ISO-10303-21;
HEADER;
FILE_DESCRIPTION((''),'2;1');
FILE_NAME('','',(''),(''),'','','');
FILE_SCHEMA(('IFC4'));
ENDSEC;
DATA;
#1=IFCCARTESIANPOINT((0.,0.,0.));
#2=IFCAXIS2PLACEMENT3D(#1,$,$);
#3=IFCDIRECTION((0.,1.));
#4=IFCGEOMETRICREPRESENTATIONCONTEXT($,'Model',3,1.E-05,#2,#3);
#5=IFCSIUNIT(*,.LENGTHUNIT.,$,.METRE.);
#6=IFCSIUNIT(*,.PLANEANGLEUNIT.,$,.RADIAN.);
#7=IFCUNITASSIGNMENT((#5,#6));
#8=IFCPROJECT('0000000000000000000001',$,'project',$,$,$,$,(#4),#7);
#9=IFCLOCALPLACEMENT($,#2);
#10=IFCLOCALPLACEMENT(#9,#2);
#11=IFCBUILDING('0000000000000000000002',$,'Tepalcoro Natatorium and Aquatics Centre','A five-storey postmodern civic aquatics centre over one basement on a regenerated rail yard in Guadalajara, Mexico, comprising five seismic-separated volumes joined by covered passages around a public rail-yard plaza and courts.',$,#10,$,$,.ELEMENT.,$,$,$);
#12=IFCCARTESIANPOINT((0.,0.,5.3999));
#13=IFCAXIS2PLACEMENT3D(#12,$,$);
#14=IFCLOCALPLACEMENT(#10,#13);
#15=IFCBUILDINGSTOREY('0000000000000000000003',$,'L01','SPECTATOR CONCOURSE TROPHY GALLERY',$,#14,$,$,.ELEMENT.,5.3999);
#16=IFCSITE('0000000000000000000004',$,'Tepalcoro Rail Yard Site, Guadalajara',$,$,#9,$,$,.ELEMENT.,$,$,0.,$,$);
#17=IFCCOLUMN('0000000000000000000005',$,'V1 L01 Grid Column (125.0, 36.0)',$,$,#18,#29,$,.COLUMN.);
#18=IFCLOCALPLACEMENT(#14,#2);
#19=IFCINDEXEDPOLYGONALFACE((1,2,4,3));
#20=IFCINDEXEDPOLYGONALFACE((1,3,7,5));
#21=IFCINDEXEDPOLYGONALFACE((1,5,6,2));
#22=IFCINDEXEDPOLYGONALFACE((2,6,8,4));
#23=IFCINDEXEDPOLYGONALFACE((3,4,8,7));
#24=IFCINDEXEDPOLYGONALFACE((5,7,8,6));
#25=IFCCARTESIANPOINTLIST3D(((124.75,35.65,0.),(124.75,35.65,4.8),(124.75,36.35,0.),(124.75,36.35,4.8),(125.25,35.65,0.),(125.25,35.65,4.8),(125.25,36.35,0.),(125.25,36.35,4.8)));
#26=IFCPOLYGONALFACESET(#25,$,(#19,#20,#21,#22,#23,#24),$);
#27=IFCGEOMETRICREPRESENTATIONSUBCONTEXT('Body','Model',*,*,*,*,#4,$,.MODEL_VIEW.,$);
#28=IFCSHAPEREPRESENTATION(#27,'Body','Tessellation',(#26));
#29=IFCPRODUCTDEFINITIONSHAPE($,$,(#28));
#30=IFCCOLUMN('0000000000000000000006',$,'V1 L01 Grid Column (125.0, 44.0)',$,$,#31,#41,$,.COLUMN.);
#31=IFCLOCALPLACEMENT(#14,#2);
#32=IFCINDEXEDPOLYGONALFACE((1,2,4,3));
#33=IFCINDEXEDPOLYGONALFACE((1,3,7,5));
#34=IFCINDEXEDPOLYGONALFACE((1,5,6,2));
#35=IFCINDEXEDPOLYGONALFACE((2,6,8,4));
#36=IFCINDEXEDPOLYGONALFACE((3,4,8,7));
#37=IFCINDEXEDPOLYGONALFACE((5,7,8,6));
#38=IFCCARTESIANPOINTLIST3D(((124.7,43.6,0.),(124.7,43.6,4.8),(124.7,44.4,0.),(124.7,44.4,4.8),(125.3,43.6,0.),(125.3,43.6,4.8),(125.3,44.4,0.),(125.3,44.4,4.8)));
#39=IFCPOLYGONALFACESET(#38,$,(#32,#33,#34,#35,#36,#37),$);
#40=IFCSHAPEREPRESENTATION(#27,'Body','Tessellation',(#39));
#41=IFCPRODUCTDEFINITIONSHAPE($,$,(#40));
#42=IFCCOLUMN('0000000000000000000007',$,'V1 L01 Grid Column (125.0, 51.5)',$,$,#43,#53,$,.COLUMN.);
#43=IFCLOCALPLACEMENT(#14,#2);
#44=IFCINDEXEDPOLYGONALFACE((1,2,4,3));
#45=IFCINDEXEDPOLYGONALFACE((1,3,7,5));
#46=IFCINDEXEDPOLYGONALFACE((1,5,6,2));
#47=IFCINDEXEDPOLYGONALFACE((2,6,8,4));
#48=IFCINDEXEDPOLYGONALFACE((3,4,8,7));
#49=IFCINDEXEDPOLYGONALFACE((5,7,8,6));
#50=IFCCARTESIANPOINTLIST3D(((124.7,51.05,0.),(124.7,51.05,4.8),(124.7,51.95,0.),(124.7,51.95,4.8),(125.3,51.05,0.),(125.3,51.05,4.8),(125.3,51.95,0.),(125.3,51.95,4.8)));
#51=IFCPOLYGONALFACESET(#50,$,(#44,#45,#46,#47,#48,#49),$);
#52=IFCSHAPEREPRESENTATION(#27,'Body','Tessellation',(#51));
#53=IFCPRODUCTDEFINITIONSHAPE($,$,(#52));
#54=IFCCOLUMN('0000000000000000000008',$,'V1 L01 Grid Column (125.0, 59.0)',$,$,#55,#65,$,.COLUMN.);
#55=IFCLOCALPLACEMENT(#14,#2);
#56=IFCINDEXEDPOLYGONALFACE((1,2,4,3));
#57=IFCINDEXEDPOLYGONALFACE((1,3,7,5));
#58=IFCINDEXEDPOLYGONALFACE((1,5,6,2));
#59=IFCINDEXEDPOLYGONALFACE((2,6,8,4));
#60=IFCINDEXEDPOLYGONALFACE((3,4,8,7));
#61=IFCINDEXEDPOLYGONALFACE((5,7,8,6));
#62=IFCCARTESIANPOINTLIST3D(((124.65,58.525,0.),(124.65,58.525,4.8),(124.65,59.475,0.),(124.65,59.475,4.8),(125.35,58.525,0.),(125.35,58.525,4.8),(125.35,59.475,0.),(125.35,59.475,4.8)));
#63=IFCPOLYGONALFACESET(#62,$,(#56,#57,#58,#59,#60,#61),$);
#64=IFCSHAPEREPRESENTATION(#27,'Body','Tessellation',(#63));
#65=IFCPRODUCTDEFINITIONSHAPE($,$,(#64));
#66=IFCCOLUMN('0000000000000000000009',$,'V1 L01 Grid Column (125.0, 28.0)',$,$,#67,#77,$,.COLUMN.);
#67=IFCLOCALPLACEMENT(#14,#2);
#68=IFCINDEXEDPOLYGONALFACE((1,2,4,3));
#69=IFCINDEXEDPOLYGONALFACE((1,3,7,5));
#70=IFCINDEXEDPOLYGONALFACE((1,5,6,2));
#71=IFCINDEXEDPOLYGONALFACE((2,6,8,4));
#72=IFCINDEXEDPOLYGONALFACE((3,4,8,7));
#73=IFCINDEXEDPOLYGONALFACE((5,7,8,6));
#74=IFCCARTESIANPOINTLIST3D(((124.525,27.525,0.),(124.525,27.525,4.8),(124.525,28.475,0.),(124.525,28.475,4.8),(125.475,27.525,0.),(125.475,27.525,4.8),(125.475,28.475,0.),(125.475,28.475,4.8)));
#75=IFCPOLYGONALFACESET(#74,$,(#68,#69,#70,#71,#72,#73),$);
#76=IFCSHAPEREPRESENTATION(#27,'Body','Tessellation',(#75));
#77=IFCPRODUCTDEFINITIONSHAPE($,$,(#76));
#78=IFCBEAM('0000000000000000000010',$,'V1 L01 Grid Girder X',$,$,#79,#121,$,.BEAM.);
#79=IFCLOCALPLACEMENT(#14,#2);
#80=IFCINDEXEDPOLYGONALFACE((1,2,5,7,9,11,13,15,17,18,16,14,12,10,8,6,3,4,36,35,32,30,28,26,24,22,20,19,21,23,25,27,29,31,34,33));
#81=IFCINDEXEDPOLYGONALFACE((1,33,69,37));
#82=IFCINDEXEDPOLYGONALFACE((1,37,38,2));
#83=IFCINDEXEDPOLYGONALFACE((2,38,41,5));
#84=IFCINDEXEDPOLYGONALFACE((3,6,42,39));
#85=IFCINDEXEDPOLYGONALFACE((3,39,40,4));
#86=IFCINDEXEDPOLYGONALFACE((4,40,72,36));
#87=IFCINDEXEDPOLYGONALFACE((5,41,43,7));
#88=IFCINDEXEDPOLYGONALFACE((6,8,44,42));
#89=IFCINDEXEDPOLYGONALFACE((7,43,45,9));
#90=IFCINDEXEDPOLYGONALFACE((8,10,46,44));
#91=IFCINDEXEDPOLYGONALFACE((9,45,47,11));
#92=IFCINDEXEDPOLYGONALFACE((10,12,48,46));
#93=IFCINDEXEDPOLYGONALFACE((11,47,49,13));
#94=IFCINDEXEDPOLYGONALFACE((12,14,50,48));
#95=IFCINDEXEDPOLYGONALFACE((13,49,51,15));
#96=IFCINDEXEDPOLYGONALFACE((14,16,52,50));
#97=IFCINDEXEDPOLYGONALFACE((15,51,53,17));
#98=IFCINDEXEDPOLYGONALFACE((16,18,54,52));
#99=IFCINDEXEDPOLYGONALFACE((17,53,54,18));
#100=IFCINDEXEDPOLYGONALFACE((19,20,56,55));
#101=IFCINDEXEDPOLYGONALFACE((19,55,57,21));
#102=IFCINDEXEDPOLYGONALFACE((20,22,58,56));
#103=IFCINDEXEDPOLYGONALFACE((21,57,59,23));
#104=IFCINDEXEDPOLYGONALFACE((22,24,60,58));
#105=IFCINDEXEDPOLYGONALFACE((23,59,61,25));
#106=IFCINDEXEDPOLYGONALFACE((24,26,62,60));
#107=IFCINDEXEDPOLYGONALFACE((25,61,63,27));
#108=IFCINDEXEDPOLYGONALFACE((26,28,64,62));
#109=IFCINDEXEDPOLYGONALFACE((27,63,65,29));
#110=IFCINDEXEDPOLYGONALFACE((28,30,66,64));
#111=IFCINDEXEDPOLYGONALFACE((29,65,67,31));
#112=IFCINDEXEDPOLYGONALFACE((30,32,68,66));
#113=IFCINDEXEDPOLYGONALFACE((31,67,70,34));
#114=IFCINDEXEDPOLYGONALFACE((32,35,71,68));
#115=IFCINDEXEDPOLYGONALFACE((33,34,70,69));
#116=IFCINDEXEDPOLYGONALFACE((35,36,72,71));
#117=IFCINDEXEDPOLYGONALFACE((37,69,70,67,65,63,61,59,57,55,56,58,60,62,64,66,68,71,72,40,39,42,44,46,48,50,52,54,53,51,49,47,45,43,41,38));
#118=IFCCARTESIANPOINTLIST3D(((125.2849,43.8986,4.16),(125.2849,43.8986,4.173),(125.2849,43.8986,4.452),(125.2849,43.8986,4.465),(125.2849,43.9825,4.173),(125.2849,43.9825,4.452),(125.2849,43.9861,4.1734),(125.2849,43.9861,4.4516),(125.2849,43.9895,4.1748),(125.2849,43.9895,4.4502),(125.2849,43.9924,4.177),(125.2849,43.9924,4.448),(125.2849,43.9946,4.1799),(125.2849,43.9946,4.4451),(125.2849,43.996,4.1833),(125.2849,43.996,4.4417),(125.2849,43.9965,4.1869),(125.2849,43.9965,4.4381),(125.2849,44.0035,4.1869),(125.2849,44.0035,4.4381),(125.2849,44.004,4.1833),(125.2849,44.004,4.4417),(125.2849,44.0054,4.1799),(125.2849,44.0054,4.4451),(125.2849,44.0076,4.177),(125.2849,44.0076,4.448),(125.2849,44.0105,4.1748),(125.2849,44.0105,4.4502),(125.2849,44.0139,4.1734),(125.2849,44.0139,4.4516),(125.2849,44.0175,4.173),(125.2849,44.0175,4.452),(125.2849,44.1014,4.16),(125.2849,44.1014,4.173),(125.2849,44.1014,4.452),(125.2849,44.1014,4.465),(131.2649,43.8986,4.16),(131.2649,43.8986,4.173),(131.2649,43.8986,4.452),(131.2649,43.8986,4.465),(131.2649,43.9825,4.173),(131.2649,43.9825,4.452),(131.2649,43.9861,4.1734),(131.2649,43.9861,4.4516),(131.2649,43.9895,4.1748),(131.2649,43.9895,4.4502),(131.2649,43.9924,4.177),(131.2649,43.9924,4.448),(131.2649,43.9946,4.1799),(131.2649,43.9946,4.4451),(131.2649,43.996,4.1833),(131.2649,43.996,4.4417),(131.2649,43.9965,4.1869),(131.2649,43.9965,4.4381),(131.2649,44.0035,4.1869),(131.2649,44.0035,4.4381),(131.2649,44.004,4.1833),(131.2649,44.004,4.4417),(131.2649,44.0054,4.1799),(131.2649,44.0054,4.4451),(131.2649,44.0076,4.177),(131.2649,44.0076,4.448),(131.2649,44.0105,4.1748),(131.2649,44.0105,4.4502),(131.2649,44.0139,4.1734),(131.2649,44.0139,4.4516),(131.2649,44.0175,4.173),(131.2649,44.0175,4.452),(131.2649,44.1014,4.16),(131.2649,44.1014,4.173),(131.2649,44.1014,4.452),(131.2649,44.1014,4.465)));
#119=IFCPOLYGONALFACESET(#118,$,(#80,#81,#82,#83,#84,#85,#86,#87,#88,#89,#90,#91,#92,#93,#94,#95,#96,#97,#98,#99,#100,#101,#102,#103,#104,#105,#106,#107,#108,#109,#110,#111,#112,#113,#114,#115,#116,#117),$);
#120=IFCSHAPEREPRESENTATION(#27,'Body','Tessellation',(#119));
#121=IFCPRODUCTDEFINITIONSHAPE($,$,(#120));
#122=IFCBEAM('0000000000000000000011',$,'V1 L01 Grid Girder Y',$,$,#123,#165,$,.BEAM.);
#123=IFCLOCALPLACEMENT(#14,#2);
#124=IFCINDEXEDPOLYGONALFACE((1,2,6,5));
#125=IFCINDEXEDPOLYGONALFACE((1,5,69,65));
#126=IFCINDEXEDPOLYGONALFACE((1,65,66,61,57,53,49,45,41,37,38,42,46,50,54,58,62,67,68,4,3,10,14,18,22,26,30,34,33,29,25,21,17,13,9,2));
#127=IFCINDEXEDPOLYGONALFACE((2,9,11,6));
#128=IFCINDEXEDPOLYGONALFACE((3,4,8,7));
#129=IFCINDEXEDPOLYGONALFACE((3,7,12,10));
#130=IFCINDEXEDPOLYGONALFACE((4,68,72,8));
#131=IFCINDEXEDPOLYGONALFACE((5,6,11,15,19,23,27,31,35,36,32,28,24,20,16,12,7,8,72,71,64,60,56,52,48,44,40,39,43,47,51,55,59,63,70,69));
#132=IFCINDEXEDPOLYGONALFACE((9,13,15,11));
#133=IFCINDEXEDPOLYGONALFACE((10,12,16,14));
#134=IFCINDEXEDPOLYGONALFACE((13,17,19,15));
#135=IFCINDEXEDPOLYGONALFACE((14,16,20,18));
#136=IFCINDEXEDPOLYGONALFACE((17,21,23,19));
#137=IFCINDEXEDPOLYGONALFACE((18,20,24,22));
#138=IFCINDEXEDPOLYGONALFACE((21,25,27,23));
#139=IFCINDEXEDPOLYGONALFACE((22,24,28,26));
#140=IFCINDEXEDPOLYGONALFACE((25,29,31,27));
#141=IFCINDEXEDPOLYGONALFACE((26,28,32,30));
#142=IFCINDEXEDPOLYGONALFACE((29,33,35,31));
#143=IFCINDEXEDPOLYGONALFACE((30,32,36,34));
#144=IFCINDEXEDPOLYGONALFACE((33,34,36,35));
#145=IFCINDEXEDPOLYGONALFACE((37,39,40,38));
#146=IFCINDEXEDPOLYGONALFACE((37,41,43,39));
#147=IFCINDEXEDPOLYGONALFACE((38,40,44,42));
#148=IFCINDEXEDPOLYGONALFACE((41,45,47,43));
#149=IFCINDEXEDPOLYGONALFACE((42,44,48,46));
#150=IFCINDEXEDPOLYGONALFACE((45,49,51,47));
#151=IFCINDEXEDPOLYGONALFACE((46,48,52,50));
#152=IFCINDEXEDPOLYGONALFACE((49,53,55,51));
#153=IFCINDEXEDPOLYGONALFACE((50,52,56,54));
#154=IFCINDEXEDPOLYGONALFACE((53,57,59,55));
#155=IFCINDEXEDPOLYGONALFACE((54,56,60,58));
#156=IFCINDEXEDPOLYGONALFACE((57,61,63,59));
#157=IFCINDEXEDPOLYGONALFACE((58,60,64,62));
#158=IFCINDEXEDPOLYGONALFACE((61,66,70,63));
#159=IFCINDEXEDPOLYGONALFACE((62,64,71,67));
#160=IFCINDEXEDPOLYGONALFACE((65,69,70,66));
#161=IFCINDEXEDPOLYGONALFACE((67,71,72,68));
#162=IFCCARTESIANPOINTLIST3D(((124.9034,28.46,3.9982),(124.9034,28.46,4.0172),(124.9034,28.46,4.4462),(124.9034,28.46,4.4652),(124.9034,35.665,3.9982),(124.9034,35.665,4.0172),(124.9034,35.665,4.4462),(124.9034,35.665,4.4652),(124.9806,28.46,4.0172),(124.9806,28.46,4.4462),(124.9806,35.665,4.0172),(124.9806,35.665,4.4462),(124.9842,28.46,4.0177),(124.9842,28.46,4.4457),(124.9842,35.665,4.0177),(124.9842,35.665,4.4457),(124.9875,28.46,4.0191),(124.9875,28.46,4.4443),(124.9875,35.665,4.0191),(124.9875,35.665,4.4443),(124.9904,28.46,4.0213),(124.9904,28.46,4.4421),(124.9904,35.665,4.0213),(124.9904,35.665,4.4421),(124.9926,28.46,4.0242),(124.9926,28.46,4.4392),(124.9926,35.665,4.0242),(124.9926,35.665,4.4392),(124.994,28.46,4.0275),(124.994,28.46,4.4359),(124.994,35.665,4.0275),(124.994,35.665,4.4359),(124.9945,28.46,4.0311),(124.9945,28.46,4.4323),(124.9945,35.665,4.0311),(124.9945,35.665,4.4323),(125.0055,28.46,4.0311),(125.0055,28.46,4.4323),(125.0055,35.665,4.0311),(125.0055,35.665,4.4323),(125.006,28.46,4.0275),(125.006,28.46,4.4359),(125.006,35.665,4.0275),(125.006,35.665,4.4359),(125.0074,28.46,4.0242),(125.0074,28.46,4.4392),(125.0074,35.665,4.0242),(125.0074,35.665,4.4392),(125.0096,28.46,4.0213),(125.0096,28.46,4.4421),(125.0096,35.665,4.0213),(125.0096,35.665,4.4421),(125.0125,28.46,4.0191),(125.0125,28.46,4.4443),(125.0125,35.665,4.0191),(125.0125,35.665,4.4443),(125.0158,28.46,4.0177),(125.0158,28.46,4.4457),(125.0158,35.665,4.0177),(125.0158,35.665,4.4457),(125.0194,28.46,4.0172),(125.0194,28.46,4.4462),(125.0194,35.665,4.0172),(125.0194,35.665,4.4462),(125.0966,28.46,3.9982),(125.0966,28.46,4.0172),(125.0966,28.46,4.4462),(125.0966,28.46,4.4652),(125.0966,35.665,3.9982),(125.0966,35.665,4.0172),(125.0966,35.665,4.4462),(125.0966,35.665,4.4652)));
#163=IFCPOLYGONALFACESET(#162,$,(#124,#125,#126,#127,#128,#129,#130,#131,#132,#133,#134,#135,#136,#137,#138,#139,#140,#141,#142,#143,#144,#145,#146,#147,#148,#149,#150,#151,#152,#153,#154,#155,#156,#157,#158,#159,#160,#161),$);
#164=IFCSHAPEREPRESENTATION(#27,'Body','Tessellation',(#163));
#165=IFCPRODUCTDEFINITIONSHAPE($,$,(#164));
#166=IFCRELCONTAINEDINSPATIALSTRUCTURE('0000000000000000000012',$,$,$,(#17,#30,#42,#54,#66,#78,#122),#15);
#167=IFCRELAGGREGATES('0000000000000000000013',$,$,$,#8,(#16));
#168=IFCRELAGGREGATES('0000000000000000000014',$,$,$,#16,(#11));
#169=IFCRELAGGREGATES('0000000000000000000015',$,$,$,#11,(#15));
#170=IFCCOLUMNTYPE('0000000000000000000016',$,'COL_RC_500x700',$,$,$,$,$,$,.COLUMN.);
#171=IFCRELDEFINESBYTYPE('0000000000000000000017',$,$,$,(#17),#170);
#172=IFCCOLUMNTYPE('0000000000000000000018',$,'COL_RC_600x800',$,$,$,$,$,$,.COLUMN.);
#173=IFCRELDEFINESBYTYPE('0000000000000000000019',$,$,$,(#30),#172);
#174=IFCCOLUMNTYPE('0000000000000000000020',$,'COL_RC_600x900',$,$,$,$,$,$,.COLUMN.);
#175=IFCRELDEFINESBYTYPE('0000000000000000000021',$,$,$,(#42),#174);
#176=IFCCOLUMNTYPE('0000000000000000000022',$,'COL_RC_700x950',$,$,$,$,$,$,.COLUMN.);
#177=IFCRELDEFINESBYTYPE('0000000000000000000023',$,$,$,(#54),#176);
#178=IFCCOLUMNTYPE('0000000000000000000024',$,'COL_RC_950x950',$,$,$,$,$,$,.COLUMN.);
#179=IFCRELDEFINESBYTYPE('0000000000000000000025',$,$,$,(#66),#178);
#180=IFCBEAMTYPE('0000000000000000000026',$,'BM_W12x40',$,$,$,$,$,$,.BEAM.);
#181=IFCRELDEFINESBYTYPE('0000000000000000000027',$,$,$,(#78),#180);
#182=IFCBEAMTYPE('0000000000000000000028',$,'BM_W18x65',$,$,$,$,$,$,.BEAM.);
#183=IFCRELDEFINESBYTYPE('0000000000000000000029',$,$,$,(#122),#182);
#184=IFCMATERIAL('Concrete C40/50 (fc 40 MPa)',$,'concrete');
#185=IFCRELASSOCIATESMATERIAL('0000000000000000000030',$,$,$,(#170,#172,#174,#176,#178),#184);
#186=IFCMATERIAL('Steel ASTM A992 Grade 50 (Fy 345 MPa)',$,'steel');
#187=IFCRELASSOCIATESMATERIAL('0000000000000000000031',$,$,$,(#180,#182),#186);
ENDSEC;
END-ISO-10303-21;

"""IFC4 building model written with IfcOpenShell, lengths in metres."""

from ifc_helpers import new_model, si_unit, direction, frame, origin, origin_2d, place, context, subcontext, project, spatial, rectangle, i_section, extrude, material, material_profile, profile_set, type_object, element, save


model = new_model("IFC4")

# Units and contexts
model_context = context("Model", 3, precision=1e-05, world=origin(), true_north=direction((0.0, 1.0)))
body_context = subcontext(model_context, "Body", "Model", "MODEL_VIEW")
ifc_project = project(units=[si_unit("LENGTHUNIT", "METRE"), si_unit("PLANEANGLEUNIT", "RADIAN")], contexts=[model_context])

# Site, building, storey
site_placement = place(None, origin())
site = spatial("IfcSite", under=ifc_project, at=site_placement, Name="Tepalcoro Rail Yard Site, Guadalajara", CompositionType="ELEMENT", RefElevation=0.0)
building_placement = place(site_placement, origin())
building = spatial("IfcBuilding", under=site, at=building_placement, Name="Tepalcoro Natatorium and Aquatics Centre", Description="A five-storey postmodern civic aquatics centre over one basement on a regenerated rail yard in Guadalajara, Mexico, comprising five seismic-separated volumes joined by covered passages around a public rail-yard plaza and courts.", CompositionType="ELEMENT")
storey_placement = place(building_placement, frame((0.0, 0.0, 5.3999)))
storey = spatial("IfcBuildingStorey", under=building, at=storey_placement, Name="L01", Description="SPECTATOR CONCOURSE TROPHY GALLERY", CompositionType="ELEMENT", Elevation=5.3999)

# Columns
ifc_material_1 = material(Name="Concrete C40/50 (fc 40 MPa)", Category="concrete")
ifc_material_profile_1 = material_profile(ifc_material_1, rectangle(XDim=0.5, YDim=0.7, at=origin_2d()), Name="RC500x700")
ifc_profile_set_1 = profile_set([ifc_material_profile_1], Name="Concrete C40/50 (fc 40 MPa)")
column_type_1 = type_object("IfcColumnType", Name="COL_RC_500x700", PredefinedType="COLUMN", material=ifc_profile_set_1)
column_1_placement = place(storey_placement, frame((125.0, 36.0, 0.0), z_axis=(0.0, 0.0, 1.0), x_axis=(1.0, 0.0, 0.0)))
element("IfcColumn", 1, at=column_1_placement, inside=storey, type_object=column_type_1, Name="V1 L01 Grid Column (125.0, 36.0)", PredefinedType="COLUMN", context=body_context, shape_type="SweptSolid", body=[
    extrude(rectangle(XDim=0.5, YDim=0.7, at=origin_2d()), origin(), (0.0, 0.0, 1.0), 4.8),
])
ifc_material_profile_2 = material_profile(ifc_material_1, rectangle(XDim=0.6001, YDim=0.8, at=origin_2d()), Name="RC600x800")
ifc_profile_set_2 = profile_set([ifc_material_profile_2], Name="Concrete C40/50 (fc 40 MPa)")
column_type_2 = type_object("IfcColumnType", Name="COL_RC_600x800", PredefinedType="COLUMN", material=ifc_profile_set_2)
column_2_placement = place(storey_placement, frame((125.0, 44.0, 0.0), z_axis=(0.0, 0.0, 1.0), x_axis=(1.0, 0.0, 0.0)))
element("IfcColumn", 2, at=column_2_placement, inside=storey, type_object=column_type_2, Name="V1 L01 Grid Column (125.0, 44.0)", PredefinedType="COLUMN", context=body_context, shape_type="SweptSolid", body=[
    extrude(rectangle(XDim=0.6001, YDim=0.8, at=origin_2d()), origin(), (0.0, 0.0, 1.0), 4.8),
])
ifc_material_profile_3 = material_profile(ifc_material_1, rectangle(XDim=0.6001, YDim=0.8999, at=origin_2d()), Name="RC600x900")
ifc_profile_set_3 = profile_set([ifc_material_profile_3], Name="Concrete C40/50 (fc 40 MPa)")
column_type_3 = type_object("IfcColumnType", Name="COL_RC_600x900", PredefinedType="COLUMN", material=ifc_profile_set_3)
column_3_placement = place(storey_placement, frame((125.0, 51.5, 0.0), z_axis=(0.0, 0.0, 1.0), x_axis=(1.0, 0.0, 0.0)))
element("IfcColumn", 3, at=column_3_placement, inside=storey, type_object=column_type_3, Name="V1 L01 Grid Column (125.0, 51.5)", PredefinedType="COLUMN", context=body_context, shape_type="SweptSolid", body=[
    extrude(rectangle(XDim=0.6001, YDim=0.8999, at=origin_2d()), origin(), (0.0, 0.0, 1.0), 4.8),
])
ifc_material_profile_4 = material_profile(ifc_material_1, rectangle(XDim=0.7, YDim=0.95, at=origin_2d()), Name="RC700x950")
ifc_profile_set_4 = profile_set([ifc_material_profile_4], Name="Concrete C40/50 (fc 40 MPa)")
column_type_4 = type_object("IfcColumnType", Name="COL_RC_700x950", PredefinedType="COLUMN", material=ifc_profile_set_4)
column_4_placement = place(storey_placement, frame((125.0, 59.0, 0.0), z_axis=(0.0, 0.0, 1.0), x_axis=(1.0, 0.0, 0.0)))
element("IfcColumn", 4, at=column_4_placement, inside=storey, type_object=column_type_4, Name="V1 L01 Grid Column (125.0, 59.0)", PredefinedType="COLUMN", context=body_context, shape_type="SweptSolid", body=[
    extrude(rectangle(XDim=0.7, YDim=0.95, at=origin_2d()), origin(), (0.0, 0.0, 1.0), 4.8),
])
ifc_material_profile_5 = material_profile(ifc_material_1, rectangle(XDim=0.95, YDim=0.95, at=origin_2d()), Name="RC950x950")
ifc_profile_set_5 = profile_set([ifc_material_profile_5], Name="Concrete C40/50 (fc 40 MPa)")
column_type_5 = type_object("IfcColumnType", Name="COL_RC_950x950", PredefinedType="COLUMN", material=ifc_profile_set_5)
column_5_placement = place(storey_placement, frame((125.0, 28.0, 0.0), z_axis=(0.0, 0.0, 1.0), x_axis=(1.0, 0.0, 0.0)))
element("IfcColumn", 5, at=column_5_placement, inside=storey, type_object=column_type_5, Name="V1 L01 Grid Column (125.0, 28.0)", PredefinedType="COLUMN", context=body_context, shape_type="SweptSolid", body=[
    extrude(rectangle(XDim=0.95, YDim=0.95, at=origin_2d()), origin(), (0.0, 0.0, 1.0), 4.8),
])

# Beams
ifc_material_2 = material(Name="Steel ASTM A992 Grade 50 (Fy 345 MPa)", Category="steel")
ifc_material_profile_6 = material_profile(ifc_material_2, i_section(OverallWidth=0.2029, OverallDepth=0.3049, WebThickness=0.0071, FlangeThickness=0.0129, FilletRadius=0.0139, at=origin_2d()), Name="W12X40")
ifc_profile_set_6 = profile_set([ifc_material_profile_6], Name="Steel ASTM A992 Grade 50 (Fy 345 MPa)")
beam_type_1 = type_object("IfcBeamType", Name="BM_W12x40", PredefinedType="BEAM", material=ifc_profile_set_6)
beam_1_placement = place(storey_placement, frame((125.2849, 44.0, 4.3125), z_axis=(1.0, 0.0, 0.0), x_axis=(0.0, 1.0, 0.0)))
element("IfcBeam", 6, at=beam_1_placement, inside=storey, type_object=beam_type_1, Name="V1 L01 Grid Girder X", PredefinedType="BEAM", context=body_context, shape_type="SweptSolid", body=[
    extrude(i_section(OverallWidth=0.2029, OverallDepth=0.3049, WebThickness=0.0071, FlangeThickness=0.0129, FilletRadius=0.0139, at=origin_2d()), origin(), (0.0, 0.0, 1.0), 5.98),
])
ifc_material_profile_7 = material_profile(ifc_material_2, i_section(OverallWidth=0.1931, OverallDepth=0.467, WebThickness=0.011, FlangeThickness=0.019, FilletRadius=0.0139, at=origin_2d()), Name="W18X65")
ifc_profile_set_7 = profile_set([ifc_material_profile_7], Name="Steel ASTM A992 Grade 50 (Fy 345 MPa)")
beam_type_2 = type_object("IfcBeamType", Name="BM_W18x65", PredefinedType="BEAM", material=ifc_profile_set_7)
beam_2_placement = place(storey_placement, frame((125.0, 28.46, 4.2317), z_axis=(0.0, 1.0, 0.0), x_axis=(-1.0, 0.0, 0.0)))
element("IfcBeam", 7, at=beam_2_placement, inside=storey, type_object=beam_type_2, Name="V1 L01 Grid Girder Y", PredefinedType="BEAM", context=body_context, shape_type="SweptSolid", body=[
    extrude(i_section(OverallWidth=0.1931, OverallDepth=0.467, WebThickness=0.011, FlangeThickness=0.019, FilletRadius=0.0139, at=origin_2d()), origin(), (0.0, 0.0, 1.0), 7.2051),
])

save(model, "model.ifc")
